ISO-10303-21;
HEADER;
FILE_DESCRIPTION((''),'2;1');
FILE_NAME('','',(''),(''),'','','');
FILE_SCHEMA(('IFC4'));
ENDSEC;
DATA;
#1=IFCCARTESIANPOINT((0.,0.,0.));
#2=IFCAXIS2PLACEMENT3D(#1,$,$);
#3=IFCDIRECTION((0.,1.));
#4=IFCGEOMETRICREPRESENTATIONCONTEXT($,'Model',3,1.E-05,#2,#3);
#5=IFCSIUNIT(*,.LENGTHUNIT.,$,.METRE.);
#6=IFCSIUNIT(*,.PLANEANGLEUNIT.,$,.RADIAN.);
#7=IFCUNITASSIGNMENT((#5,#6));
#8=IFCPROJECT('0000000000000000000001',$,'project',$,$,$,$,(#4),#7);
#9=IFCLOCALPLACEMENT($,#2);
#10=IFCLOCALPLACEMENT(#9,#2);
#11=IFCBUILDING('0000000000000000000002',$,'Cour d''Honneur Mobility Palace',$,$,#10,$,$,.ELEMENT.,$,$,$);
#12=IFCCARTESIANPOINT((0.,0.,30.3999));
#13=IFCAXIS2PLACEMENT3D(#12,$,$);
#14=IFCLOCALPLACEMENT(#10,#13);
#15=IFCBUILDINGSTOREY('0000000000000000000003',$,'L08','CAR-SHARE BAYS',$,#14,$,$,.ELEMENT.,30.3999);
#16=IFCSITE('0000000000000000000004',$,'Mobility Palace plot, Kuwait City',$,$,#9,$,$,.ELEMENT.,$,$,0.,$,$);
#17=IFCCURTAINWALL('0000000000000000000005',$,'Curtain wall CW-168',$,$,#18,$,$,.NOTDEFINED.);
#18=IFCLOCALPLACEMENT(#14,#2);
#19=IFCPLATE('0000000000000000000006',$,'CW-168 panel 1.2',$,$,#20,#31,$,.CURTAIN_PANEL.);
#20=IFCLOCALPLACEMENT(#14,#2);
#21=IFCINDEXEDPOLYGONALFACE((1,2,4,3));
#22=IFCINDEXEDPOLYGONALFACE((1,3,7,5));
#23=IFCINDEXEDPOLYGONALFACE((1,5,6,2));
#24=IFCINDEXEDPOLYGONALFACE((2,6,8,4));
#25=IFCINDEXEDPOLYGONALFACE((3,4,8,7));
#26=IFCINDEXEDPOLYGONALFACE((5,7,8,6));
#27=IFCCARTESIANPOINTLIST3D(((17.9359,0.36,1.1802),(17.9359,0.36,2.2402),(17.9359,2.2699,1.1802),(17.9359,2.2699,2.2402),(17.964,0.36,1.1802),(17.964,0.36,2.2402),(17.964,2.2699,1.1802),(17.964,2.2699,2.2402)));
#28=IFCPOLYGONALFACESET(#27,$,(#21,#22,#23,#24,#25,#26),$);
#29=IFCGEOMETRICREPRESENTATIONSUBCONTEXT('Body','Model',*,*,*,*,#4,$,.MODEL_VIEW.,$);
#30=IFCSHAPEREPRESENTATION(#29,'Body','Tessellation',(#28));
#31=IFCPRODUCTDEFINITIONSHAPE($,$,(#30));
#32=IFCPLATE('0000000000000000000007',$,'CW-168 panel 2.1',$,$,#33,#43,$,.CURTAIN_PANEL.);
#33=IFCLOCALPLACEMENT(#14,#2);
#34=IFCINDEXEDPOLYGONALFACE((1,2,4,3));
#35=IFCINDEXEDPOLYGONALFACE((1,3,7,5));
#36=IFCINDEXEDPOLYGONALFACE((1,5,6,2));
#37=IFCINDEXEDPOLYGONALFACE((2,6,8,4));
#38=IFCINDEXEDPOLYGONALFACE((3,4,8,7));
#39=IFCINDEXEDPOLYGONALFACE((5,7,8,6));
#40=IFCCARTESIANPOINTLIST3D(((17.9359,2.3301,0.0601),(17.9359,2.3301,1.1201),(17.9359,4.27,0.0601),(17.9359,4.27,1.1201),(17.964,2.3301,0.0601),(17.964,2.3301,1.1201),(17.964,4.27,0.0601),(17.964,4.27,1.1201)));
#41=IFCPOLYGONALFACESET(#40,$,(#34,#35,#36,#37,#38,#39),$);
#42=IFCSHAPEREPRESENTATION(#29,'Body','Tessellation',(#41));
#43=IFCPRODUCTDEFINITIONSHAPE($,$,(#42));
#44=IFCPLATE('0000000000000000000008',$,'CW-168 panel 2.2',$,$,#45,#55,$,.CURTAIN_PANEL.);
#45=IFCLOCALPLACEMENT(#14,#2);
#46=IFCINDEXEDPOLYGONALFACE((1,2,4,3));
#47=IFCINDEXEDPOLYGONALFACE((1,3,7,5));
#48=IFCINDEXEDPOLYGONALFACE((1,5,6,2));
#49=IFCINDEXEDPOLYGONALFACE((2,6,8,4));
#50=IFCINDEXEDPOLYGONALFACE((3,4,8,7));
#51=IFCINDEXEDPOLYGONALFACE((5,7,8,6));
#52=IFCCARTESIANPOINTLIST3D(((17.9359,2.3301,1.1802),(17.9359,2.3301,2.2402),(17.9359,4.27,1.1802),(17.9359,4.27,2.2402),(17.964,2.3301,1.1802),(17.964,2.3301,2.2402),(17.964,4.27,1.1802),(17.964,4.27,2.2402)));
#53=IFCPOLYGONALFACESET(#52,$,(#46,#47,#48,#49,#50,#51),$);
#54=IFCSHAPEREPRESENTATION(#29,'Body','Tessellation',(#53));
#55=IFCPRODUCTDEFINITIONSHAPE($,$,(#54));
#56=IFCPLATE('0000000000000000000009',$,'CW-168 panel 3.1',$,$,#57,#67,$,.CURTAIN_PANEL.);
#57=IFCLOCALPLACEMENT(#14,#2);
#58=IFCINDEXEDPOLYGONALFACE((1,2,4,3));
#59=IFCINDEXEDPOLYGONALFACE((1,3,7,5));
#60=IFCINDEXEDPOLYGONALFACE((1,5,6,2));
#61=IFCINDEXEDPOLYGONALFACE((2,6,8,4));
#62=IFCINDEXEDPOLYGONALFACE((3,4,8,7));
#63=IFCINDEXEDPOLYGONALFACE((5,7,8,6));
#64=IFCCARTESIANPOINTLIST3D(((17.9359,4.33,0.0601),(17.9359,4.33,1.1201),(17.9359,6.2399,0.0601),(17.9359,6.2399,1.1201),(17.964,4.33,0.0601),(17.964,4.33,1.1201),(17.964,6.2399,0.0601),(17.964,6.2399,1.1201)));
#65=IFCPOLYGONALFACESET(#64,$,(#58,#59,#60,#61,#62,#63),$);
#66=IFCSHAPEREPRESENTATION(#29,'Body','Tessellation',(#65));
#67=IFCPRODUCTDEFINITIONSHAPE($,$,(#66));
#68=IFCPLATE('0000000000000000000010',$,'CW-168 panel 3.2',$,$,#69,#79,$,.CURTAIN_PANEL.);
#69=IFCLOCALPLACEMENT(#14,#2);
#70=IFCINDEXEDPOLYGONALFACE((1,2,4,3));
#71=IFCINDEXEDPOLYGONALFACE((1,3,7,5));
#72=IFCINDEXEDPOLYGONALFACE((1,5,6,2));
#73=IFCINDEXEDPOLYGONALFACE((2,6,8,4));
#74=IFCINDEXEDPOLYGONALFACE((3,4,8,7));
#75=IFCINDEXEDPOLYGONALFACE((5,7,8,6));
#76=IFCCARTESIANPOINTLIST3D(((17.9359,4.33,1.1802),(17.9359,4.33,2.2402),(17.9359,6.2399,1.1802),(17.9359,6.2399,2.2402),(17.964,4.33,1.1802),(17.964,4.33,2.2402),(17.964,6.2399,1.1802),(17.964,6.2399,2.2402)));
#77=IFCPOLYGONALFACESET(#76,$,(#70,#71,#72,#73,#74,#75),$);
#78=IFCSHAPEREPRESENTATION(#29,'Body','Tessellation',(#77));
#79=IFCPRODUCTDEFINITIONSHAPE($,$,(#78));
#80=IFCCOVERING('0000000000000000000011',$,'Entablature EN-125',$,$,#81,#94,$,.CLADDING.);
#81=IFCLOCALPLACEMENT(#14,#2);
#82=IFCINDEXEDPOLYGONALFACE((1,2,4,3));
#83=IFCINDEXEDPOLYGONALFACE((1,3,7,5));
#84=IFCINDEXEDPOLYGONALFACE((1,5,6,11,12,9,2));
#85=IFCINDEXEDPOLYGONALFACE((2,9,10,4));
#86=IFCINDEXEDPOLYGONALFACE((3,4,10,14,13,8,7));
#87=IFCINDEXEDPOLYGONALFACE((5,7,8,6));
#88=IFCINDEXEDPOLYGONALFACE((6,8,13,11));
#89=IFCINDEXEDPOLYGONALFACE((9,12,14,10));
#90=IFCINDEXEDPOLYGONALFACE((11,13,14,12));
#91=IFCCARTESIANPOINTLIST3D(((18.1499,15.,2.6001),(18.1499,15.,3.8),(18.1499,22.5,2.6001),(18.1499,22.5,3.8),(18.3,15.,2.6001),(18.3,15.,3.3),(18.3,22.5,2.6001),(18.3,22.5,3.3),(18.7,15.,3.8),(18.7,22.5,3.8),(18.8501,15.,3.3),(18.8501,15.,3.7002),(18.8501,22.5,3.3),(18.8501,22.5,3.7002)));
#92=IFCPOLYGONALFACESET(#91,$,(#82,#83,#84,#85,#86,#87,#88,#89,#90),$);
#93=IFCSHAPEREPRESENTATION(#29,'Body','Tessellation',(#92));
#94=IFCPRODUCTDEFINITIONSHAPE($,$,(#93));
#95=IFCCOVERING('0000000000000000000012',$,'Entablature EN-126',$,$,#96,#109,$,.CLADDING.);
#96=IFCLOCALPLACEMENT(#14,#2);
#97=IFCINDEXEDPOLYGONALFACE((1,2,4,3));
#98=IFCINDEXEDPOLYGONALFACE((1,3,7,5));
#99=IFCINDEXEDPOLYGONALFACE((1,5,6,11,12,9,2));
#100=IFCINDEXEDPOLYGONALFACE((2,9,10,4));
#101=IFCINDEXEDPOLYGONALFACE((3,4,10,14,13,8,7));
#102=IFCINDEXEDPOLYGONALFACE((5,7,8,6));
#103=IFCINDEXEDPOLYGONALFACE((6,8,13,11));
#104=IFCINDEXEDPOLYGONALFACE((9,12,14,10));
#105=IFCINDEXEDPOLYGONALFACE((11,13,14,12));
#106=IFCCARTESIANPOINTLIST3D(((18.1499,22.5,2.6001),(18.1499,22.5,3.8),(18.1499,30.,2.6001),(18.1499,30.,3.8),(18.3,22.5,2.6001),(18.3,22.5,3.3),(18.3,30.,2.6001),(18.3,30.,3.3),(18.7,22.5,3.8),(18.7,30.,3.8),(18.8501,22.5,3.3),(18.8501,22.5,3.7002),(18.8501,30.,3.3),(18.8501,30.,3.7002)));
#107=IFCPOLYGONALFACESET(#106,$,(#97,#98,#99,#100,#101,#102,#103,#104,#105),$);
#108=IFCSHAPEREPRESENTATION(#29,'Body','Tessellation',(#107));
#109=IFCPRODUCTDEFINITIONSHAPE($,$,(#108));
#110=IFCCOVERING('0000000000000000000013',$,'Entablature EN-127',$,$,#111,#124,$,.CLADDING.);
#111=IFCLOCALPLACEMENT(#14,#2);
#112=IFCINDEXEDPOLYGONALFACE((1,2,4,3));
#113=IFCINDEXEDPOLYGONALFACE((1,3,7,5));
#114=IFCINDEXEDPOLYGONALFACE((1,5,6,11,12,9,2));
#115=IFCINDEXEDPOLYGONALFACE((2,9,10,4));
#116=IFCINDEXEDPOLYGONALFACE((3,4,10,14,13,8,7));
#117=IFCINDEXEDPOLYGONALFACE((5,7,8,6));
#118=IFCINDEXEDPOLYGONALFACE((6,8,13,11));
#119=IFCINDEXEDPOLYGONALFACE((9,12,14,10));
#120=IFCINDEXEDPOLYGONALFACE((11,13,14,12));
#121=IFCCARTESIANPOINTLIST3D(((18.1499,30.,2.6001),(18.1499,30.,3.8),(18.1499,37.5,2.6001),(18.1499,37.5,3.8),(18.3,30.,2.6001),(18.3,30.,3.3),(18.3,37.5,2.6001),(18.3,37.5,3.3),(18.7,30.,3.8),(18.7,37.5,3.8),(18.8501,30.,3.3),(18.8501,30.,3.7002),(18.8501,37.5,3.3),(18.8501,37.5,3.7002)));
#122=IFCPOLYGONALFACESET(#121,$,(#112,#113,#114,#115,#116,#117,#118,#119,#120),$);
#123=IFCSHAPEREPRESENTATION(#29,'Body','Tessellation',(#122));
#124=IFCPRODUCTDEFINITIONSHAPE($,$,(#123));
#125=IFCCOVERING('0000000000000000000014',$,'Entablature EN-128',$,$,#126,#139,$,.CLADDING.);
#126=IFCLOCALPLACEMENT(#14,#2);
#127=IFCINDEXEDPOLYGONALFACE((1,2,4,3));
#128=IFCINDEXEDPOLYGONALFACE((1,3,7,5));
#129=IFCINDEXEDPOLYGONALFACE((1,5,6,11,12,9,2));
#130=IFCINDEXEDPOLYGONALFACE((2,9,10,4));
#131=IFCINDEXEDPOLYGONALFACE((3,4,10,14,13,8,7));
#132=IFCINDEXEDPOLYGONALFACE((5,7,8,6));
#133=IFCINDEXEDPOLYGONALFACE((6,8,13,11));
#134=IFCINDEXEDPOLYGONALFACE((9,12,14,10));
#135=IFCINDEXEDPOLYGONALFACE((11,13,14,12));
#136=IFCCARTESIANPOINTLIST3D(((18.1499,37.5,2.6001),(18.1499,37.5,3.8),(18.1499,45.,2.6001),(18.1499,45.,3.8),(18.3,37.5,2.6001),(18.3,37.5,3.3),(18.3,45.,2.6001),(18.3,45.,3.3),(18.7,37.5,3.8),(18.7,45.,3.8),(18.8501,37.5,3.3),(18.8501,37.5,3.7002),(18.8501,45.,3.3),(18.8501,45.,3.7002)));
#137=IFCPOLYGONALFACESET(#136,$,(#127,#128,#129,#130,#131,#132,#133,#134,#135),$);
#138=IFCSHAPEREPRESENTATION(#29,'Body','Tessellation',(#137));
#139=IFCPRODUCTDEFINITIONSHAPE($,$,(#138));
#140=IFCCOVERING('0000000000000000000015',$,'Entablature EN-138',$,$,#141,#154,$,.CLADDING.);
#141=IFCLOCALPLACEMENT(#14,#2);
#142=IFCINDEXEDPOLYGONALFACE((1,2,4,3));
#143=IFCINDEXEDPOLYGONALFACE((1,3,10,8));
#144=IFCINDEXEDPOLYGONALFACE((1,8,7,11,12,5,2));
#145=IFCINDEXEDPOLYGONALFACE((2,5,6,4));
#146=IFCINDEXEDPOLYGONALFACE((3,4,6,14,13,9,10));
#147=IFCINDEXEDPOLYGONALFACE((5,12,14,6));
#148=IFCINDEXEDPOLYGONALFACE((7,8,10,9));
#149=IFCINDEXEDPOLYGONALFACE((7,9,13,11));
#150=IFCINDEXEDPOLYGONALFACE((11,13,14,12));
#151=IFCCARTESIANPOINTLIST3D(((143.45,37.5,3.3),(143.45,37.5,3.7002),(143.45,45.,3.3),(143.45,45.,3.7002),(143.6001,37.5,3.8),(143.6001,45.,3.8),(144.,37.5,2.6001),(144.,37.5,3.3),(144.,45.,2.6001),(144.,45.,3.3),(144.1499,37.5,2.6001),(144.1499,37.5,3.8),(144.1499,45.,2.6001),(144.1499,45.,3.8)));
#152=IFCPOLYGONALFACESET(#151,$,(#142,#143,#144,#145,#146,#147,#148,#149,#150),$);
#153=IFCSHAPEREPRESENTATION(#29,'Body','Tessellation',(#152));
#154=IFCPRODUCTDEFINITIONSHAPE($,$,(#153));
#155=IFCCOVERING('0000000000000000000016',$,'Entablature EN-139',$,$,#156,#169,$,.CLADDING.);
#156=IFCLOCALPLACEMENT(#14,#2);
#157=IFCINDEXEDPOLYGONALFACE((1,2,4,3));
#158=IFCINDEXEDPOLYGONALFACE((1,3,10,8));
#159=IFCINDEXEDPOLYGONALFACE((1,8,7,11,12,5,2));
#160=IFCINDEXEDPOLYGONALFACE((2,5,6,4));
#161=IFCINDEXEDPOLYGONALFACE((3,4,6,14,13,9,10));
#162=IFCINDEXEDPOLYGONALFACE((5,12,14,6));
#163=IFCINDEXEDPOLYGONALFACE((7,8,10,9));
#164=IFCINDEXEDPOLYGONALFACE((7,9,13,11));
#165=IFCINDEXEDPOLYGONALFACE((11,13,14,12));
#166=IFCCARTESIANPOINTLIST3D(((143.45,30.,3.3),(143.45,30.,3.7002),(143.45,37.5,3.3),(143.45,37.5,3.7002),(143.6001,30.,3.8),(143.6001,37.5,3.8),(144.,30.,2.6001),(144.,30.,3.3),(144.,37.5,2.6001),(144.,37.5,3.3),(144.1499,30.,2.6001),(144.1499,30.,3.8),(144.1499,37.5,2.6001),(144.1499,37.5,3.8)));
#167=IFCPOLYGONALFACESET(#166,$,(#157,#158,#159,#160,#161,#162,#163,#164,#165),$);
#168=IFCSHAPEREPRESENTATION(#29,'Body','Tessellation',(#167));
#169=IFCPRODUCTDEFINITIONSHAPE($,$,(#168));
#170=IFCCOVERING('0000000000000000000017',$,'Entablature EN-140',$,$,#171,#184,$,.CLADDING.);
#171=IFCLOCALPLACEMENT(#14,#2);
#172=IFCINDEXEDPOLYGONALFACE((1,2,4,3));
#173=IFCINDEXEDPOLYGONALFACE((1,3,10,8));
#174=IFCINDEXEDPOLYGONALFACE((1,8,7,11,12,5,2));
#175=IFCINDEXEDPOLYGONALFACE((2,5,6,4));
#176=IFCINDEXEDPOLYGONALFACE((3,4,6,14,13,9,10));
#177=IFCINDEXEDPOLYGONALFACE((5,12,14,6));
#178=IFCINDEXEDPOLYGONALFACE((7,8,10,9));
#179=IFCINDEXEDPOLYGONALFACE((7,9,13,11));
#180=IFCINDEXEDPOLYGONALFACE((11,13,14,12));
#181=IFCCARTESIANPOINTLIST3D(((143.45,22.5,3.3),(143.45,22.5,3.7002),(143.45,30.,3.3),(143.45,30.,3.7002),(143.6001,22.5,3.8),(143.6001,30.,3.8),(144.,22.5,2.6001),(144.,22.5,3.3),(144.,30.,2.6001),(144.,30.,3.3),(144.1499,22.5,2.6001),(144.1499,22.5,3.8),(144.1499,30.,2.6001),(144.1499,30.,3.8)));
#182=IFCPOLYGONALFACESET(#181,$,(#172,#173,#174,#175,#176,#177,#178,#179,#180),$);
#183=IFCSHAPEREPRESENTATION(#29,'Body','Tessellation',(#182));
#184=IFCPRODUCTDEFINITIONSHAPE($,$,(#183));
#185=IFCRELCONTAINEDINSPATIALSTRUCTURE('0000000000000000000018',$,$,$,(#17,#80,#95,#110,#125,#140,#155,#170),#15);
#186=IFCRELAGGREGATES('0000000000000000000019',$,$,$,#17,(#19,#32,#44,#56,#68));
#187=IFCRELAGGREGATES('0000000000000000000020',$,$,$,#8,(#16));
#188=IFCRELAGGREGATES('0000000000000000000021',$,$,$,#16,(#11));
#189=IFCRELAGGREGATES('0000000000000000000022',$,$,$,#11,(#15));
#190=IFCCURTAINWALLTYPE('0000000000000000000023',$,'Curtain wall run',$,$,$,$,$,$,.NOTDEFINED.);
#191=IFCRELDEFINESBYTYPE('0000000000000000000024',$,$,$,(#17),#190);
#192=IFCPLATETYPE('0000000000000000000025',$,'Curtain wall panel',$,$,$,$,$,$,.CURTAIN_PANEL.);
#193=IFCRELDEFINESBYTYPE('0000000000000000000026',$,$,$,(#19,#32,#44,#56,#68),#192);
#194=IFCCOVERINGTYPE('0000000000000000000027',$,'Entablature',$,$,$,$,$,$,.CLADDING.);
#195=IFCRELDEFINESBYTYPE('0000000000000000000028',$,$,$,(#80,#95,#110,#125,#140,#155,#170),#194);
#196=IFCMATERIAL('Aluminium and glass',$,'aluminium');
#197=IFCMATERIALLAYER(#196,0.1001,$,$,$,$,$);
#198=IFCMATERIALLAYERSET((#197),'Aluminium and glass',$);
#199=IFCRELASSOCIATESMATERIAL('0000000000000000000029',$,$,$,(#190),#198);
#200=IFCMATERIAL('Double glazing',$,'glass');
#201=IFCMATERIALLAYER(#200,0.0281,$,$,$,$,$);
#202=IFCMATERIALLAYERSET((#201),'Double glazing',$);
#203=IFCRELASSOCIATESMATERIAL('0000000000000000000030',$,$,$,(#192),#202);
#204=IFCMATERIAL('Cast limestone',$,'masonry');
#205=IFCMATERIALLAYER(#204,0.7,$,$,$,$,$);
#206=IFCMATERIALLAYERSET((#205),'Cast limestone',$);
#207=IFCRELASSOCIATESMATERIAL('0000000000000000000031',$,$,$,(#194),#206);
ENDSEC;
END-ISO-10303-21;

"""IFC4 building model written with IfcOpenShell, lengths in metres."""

from ifc_helpers import new_model, si_unit, direction, frame, origin, origin_2d, place, context, subcontext, project, spatial, polyline, rectangle, outline, extrude, material, layer, layer_set, type_object, element, aggregate, save


model = new_model("IFC4")

# Units and contexts
model_context = context("Model", 3, precision=1e-05, world=origin(), true_north=direction((0.0, 1.0)))
body_context = subcontext(model_context, "Body", "Model", "MODEL_VIEW")
ifc_project = project(units=[si_unit("LENGTHUNIT", "METRE"), si_unit("PLANEANGLEUNIT", "RADIAN")], contexts=[model_context])

# Site, building, storey
site_placement = place(None, origin())
site = spatial("IfcSite", under=ifc_project, at=site_placement, Name="Mobility Palace plot, Kuwait City", CompositionType="ELEMENT", RefElevation=0.0)
building_placement = place(site_placement, origin())
building = spatial("IfcBuilding", under=site, at=building_placement, Name="Cour d'Honneur Mobility Palace", CompositionType="ELEMENT")
storey_placement = place(building_placement, frame((0.0, 0.0, 30.3999)))
storey = spatial("IfcBuildingStorey", under=building, at=storey_placement, Name="L08", Description="CAR-SHARE BAYS", CompositionType="ELEMENT", Elevation=30.3999)

# Curtain wall, plates
ifc_material_1 = material(Name="Aluminium and glass", Category="aluminium")
ifc_layer_1 = layer(ifc_material_1, 0.1001)
ifc_layer_set_1 = layer_set([ifc_layer_1], Name="Aluminium and glass")
curtain_wall_type = type_object("IfcCurtainWallType", Name="Curtain wall run", PredefinedType="NOTDEFINED", material=ifc_layer_set_1)
curtain_wall_placement = place(storey_placement, origin())
curtain_wall = element("IfcCurtainWall", 1, at=curtain_wall_placement, inside=storey, type_object=curtain_wall_type, Name="Curtain wall CW-168", PredefinedType="NOTDEFINED")
ifc_material_2 = material(Name="Double glazing", Category="glass")
ifc_layer_2 = layer(ifc_material_2, 0.0281)
ifc_layer_set_2 = layer_set([ifc_layer_2], Name="Double glazing")
plate_type = type_object("IfcPlateType", Name="Curtain wall panel", PredefinedType="CURTAIN_PANEL", material=ifc_layer_set_2)
plate_1_placement = place(storey_placement, frame((17.95, 1.3149, 1.1802), z_axis=(0.0, 0.0, 1.0), x_axis=(0.0, 1.0, 0.0)))
plate_1 = element("IfcPlate", 2, at=plate_1_placement, type_object=plate_type, Name="CW-168 panel 1.2", PredefinedType="CURTAIN_PANEL", context=body_context, shape_type="SweptSolid", body=[
    extrude(rectangle(XDim=1.9099, YDim=0.0281, at=origin_2d()), origin(), (0.0, 0.0, 1.0), 1.0601),
])
plate_2_placement = place(storey_placement, frame((17.95, 3.3, 0.0601), z_axis=(0.0, 0.0, 1.0), x_axis=(0.0, 1.0, 0.0)))
plate_2 = element("IfcPlate", 3, at=plate_2_placement, type_object=plate_type, Name="CW-168 panel 2.1", PredefinedType="CURTAIN_PANEL", context=body_context, shape_type="SweptSolid", body=[
    extrude(rectangle(XDim=1.9399, YDim=0.0281, at=origin_2d()), origin(), (0.0, 0.0, 1.0), 1.0601),
])
plate_3_placement = place(storey_placement, frame((17.95, 3.3, 1.1802), z_axis=(0.0, 0.0, 1.0), x_axis=(0.0, 1.0, 0.0)))
plate_3 = element("IfcPlate", 4, at=plate_3_placement, type_object=plate_type, Name="CW-168 panel 2.2", PredefinedType="CURTAIN_PANEL", context=body_context, shape_type="SweptSolid", body=[
    extrude(rectangle(XDim=1.9399, YDim=0.0281, at=origin_2d()), origin(), (0.0, 0.0, 1.0), 1.0601),
])
plate_4_placement = place(storey_placement, frame((17.95, 5.2849, 0.0601), z_axis=(0.0, 0.0, 1.0), x_axis=(0.0, 1.0, 0.0)))
plate_4 = element("IfcPlate", 5, at=plate_4_placement, type_object=plate_type, Name="CW-168 panel 3.1", PredefinedType="CURTAIN_PANEL", context=body_context, shape_type="SweptSolid", body=[
    extrude(rectangle(XDim=1.9099, YDim=0.0281, at=origin_2d()), origin(), (0.0, 0.0, 1.0), 1.0601),
])
plate_5_placement = place(storey_placement, frame((17.95, 5.2849, 1.1802), z_axis=(0.0, 0.0, 1.0), x_axis=(0.0, 1.0, 0.0)))
plate_5 = element("IfcPlate", 6, at=plate_5_placement, type_object=plate_type, Name="CW-168 panel 3.2", PredefinedType="CURTAIN_PANEL", context=body_context, shape_type="SweptSolid", body=[
    extrude(rectangle(XDim=1.9099, YDim=0.0281, at=origin_2d()), origin(), (0.0, 0.0, 1.0), 1.0601),
])
aggregate(curtain_wall, [plate_1, plate_2, plate_3, plate_4, plate_5])

# Coverings
ifc_material_3 = material(Name="Cast limestone", Category="masonry")
ifc_layer_3 = layer(ifc_material_3, 0.7)
ifc_layer_set_3 = layer_set([ifc_layer_3], Name="Cast limestone")
covering_type = type_object("IfcCoveringType", Name="Entablature", PredefinedType="CLADDING", material=ifc_layer_set_3)
for number, where, z_axis, x_axis, name in (
    (7, (18.1499, 15.0, 2.6001), (0.0, -1.0, 0.0), (1.0, 0.0, 0.0), "Entablature EN-125"),
    (8, (18.1499, 22.5, 2.6001), (0.0, -1.0, 0.0), (1.0, 0.0, 0.0), "Entablature EN-126"),
    (9, (18.1499, 30.0, 2.6001), (0.0, -1.0, 0.0), (1.0, 0.0, 0.0), "Entablature EN-127"),
    (10, (18.1499, 37.5, 2.6001), (0.0, -1.0, 0.0), (1.0, 0.0, 0.0), "Entablature EN-128"),
):
    element("IfcCovering", number, at=place(storey_placement, frame(where, z_axis=z_axis, x_axis=x_axis)), inside=storey, type_object=covering_type, Name=name, PredefinedType="CLADDING", context=body_context, shape_type="SweptSolid", body=[
        extrude(outline(polyline([(0.0, 0.0), (0.1501, 0.0), (0.1501, 0.7), (0.7002, 0.7), (0.7002, 1.1001), (0.55, 1.2), (0.0, 1.2), (0.0, 0.0)])), origin(), (0.0, 0.0, -1.0), 7.5),
    ])
for number, where, z_axis, x_axis, name in (
    (11, (144.1499, 45.0, 2.6001), (0.0, 1.0, 0.0), (-1.0, 0.0, 0.0), "Entablature EN-138"),
    (12, (144.1499, 37.5, 2.6001), (0.0, 1.0, 0.0), (-1.0, 0.0, 0.0), "Entablature EN-139"),
    (13, (144.1499, 30.0, 2.6001), (0.0, 1.0, 0.0), (-1.0, 0.0, 0.0), "Entablature EN-140"),
):
    element("IfcCovering", number, at=place(storey_placement, frame(where, z_axis=z_axis, x_axis=x_axis)), inside=storey, type_object=covering_type, Name=name, PredefinedType="CLADDING", context=body_context, shape_type="SweptSolid", body=[
        extrude(outline(polyline([(0.0, 0.0), (0.1499, 0.0), (0.1499, 0.7), (0.7, 0.7), (0.7, 1.1001), (0.5498, 1.2), (0.0, 1.2), (0.0, 0.0)])), origin(), (0.0, 0.0, -1.0), 7.5),
    ])

save(model, "model.ifc")
